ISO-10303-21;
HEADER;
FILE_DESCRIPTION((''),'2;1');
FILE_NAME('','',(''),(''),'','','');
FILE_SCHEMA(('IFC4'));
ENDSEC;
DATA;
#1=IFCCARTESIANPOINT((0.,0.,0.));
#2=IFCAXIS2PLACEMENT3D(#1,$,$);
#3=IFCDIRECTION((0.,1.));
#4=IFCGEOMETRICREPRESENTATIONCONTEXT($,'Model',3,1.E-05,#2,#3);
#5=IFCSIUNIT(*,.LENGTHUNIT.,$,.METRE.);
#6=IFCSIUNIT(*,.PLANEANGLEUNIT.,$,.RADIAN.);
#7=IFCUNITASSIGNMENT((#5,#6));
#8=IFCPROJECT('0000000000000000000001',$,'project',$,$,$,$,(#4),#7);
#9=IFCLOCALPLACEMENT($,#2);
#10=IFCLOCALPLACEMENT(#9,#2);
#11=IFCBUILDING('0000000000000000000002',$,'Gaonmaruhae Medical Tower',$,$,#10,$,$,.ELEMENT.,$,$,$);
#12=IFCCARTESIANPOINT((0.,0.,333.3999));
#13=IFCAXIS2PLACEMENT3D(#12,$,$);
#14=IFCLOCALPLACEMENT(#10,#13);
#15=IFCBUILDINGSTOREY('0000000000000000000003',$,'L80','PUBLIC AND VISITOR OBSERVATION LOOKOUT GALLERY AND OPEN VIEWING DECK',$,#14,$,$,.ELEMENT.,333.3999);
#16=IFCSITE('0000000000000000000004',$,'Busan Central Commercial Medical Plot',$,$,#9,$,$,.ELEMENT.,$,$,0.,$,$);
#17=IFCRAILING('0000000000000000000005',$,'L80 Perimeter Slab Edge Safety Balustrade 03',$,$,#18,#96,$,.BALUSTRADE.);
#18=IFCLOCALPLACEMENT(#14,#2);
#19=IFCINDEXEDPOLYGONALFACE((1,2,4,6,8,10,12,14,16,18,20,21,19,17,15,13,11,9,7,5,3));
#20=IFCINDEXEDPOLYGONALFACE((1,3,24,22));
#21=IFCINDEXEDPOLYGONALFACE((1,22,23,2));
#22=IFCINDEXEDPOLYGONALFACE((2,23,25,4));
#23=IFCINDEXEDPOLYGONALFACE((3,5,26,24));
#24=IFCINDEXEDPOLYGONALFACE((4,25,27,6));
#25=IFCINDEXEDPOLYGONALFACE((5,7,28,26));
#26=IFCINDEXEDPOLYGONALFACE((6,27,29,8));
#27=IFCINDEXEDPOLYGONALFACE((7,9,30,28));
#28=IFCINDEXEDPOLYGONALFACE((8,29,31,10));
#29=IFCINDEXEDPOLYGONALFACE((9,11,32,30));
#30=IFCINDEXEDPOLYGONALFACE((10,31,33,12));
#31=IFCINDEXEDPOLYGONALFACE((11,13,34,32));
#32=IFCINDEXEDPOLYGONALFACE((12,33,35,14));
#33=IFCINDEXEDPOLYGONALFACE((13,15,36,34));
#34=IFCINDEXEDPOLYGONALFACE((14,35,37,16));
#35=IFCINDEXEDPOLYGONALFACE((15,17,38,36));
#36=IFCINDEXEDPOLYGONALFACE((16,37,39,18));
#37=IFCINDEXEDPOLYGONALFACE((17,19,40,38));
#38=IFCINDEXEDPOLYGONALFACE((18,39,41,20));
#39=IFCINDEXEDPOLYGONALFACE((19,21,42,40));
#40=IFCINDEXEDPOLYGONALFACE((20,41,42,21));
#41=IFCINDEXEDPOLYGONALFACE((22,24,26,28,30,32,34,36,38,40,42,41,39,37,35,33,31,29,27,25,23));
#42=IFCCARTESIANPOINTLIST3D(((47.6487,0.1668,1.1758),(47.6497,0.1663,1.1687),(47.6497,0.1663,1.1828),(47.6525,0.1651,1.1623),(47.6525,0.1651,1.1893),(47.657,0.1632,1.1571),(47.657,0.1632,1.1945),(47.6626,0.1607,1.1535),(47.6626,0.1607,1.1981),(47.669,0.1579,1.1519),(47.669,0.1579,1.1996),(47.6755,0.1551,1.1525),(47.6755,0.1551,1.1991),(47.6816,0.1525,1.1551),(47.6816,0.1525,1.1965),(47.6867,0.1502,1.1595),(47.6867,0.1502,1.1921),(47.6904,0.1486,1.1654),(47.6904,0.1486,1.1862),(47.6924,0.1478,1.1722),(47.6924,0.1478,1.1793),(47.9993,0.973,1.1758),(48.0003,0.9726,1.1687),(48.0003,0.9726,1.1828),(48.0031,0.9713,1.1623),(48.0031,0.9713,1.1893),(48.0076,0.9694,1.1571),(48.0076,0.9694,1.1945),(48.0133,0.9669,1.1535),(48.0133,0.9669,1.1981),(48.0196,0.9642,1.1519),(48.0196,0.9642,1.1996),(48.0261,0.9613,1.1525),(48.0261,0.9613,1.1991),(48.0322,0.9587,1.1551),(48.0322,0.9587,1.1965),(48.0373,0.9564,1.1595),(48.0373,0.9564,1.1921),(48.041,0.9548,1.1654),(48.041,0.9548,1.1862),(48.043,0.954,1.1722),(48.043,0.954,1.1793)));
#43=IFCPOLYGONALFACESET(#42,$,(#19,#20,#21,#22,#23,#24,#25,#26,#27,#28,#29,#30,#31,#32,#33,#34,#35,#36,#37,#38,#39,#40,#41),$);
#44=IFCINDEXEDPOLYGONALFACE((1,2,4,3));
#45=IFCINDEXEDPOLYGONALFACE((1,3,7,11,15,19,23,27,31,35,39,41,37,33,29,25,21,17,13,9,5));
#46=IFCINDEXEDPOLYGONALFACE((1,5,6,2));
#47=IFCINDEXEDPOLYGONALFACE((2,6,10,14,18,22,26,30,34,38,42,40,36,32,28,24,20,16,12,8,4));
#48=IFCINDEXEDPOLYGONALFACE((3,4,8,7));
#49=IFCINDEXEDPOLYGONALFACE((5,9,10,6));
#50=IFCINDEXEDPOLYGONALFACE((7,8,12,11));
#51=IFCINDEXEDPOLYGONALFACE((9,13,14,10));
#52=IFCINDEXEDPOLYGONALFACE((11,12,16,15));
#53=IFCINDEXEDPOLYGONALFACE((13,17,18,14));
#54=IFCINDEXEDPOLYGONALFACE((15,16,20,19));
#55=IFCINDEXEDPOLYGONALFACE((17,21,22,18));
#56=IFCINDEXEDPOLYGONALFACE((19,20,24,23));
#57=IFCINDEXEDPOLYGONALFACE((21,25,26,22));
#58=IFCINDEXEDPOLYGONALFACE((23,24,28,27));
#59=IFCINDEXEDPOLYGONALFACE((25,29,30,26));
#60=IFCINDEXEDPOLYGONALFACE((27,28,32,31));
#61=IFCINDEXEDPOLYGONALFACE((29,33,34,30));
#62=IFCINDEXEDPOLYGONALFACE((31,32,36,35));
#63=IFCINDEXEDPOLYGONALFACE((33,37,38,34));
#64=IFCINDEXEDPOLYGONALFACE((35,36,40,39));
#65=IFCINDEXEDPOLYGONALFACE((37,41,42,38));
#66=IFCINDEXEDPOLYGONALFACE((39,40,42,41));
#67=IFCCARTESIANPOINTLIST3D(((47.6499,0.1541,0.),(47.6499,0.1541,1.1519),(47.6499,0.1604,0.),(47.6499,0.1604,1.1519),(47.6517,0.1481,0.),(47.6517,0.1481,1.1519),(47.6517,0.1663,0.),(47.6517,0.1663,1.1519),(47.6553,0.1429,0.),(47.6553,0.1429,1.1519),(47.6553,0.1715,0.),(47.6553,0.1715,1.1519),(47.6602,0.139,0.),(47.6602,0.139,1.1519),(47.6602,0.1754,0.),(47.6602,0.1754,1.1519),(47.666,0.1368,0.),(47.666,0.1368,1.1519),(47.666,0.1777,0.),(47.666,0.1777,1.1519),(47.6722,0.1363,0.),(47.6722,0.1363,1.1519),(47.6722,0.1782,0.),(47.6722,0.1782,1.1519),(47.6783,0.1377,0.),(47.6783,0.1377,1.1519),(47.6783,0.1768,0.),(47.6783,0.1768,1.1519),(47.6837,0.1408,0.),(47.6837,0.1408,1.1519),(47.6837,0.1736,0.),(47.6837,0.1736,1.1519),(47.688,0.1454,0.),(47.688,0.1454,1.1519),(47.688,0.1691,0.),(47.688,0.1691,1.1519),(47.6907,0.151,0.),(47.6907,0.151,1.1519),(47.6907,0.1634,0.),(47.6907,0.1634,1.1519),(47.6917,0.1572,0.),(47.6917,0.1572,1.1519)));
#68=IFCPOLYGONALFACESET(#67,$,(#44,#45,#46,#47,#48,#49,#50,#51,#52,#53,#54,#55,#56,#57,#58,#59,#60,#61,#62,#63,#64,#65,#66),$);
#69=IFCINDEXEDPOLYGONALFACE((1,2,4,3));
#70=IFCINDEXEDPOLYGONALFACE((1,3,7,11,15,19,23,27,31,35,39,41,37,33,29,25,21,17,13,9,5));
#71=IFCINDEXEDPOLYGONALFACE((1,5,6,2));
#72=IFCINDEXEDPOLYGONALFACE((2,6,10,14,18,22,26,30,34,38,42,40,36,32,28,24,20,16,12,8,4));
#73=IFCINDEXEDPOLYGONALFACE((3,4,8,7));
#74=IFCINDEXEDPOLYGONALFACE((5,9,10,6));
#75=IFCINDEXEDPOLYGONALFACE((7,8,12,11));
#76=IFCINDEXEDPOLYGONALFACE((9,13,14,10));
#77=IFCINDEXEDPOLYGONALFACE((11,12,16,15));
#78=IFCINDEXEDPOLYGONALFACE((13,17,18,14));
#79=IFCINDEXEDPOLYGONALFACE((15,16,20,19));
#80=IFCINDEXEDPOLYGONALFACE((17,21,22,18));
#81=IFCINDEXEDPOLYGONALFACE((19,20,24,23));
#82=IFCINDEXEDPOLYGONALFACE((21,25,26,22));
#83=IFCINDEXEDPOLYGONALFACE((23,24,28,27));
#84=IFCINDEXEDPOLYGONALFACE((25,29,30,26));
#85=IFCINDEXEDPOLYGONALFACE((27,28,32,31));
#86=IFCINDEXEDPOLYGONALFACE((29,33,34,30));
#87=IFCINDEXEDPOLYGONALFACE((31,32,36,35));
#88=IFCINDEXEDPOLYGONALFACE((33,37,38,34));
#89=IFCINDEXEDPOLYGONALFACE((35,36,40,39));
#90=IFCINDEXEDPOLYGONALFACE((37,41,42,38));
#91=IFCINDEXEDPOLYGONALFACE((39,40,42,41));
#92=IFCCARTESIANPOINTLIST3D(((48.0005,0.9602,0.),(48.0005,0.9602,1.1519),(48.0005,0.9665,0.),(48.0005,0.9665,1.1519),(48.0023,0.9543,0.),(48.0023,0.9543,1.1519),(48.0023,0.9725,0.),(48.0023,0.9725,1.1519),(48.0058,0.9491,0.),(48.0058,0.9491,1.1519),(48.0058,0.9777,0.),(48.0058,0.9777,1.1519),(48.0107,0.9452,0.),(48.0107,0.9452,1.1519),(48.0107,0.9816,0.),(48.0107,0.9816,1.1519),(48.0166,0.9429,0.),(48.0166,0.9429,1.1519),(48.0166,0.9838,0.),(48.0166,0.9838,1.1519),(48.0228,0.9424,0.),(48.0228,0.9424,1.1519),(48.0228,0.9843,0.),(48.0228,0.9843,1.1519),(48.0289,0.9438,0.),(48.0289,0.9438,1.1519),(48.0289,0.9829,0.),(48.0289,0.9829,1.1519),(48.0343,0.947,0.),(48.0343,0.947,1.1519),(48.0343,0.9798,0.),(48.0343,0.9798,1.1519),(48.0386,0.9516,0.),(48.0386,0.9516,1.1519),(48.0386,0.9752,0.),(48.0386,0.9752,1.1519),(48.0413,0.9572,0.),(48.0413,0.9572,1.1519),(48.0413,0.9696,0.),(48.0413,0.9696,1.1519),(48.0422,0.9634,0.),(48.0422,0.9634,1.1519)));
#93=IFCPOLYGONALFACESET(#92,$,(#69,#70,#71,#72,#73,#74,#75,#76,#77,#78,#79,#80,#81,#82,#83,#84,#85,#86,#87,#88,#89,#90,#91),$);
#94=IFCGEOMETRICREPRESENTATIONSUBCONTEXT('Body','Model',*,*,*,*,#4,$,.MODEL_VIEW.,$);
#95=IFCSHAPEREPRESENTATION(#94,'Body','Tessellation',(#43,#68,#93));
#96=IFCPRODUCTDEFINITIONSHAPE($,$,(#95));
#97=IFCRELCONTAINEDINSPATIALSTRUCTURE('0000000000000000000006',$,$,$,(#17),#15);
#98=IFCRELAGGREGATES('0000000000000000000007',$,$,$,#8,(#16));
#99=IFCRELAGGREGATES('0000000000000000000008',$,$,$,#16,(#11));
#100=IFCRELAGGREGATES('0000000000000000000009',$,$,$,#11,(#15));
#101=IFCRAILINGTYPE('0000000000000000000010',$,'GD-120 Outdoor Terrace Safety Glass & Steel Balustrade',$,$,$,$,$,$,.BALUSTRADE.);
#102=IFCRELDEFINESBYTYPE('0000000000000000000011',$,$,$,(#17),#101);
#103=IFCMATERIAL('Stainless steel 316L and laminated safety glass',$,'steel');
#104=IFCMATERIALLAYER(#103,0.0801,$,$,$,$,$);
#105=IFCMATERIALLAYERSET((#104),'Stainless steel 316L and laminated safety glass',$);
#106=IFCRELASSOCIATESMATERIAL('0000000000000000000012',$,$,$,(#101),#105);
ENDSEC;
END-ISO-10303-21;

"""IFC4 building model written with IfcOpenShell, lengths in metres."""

from ifc_helpers import new_model, si_unit, direction, frame, origin, origin_2d, place, context, subcontext, project, spatial, circle, extrude, material, layer, layer_set, type_object, element, save


model = new_model("IFC4")

# Units and contexts
model_context = context("Model", 3, precision=1e-05, world=origin(), true_north=direction((0.0, 1.0)))
body_context = subcontext(model_context, "Body", "Model", "MODEL_VIEW")
ifc_project = project(units=[si_unit("LENGTHUNIT", "METRE"), si_unit("PLANEANGLEUNIT", "RADIAN")], contexts=[model_context])

# Site, building, storey
site_placement = place(None, origin())
site = spatial("IfcSite", under=ifc_project, at=site_placement, Name="Busan Central Commercial Medical Plot", CompositionType="ELEMENT", RefElevation=0.0)
building_placement = place(site_placement, origin())
building = spatial("IfcBuilding", under=site, at=building_placement, Name="Gaonmaruhae Medical Tower", CompositionType="ELEMENT")
storey_placement = place(building_placement, frame((0.0, 0.0, 333.3999)))
storey = spatial("IfcBuildingStorey", under=building, at=storey_placement, Name="L80", Description="PUBLIC AND VISITOR OBSERVATION LOOKOUT GALLERY AND OPEN VIEWING DECK", CompositionType="ELEMENT", Elevation=333.3999)

# Railing
ifc_material_1 = material(Name="Stainless steel 316L and laminated safety glass", Category="steel")
ifc_layer_1 = layer(ifc_material_1, 0.0801)
ifc_layer_set_1 = layer_set([ifc_layer_1], Name="Stainless steel 316L and laminated safety glass")
railing_type = type_object("IfcRailingType", Name="GD-120 Outdoor Terrace Safety Glass & Steel Balustrade", PredefinedType="BALUSTRADE", material=ifc_layer_set_1)
railing_1_placement = place(storey_placement, frame((47.6707, 0.1572, 0.0)))
element("IfcRailing", 1, at=railing_1_placement, inside=storey, type_object=railing_type, Name="L80 Perimeter Slab Edge Safety Balustrade 03", PredefinedType="BALUSTRADE", context=body_context, shape_type="SweptSolid", body=[
    extrude(circle(Radius=0.0239, at=origin_2d()), frame((0.0, 0.0, 1.1758), z_axis=(0.398807, 0.917035, 0.0), x_axis=(-0.917035, 0.398807, 0.0)), (0.0, 0.0, 1.0), 0.8792),
    extrude(circle(Radius=0.021, at=origin_2d()), origin(), (0.0, 0.0, 1.0), 1.1519),
    extrude(circle(Radius=0.021, at=origin_2d()), frame((0.3506, 0.8062, 0.0)), (0.0, 0.0, 1.0), 1.1519),
])

save(model, "model.ifc")
